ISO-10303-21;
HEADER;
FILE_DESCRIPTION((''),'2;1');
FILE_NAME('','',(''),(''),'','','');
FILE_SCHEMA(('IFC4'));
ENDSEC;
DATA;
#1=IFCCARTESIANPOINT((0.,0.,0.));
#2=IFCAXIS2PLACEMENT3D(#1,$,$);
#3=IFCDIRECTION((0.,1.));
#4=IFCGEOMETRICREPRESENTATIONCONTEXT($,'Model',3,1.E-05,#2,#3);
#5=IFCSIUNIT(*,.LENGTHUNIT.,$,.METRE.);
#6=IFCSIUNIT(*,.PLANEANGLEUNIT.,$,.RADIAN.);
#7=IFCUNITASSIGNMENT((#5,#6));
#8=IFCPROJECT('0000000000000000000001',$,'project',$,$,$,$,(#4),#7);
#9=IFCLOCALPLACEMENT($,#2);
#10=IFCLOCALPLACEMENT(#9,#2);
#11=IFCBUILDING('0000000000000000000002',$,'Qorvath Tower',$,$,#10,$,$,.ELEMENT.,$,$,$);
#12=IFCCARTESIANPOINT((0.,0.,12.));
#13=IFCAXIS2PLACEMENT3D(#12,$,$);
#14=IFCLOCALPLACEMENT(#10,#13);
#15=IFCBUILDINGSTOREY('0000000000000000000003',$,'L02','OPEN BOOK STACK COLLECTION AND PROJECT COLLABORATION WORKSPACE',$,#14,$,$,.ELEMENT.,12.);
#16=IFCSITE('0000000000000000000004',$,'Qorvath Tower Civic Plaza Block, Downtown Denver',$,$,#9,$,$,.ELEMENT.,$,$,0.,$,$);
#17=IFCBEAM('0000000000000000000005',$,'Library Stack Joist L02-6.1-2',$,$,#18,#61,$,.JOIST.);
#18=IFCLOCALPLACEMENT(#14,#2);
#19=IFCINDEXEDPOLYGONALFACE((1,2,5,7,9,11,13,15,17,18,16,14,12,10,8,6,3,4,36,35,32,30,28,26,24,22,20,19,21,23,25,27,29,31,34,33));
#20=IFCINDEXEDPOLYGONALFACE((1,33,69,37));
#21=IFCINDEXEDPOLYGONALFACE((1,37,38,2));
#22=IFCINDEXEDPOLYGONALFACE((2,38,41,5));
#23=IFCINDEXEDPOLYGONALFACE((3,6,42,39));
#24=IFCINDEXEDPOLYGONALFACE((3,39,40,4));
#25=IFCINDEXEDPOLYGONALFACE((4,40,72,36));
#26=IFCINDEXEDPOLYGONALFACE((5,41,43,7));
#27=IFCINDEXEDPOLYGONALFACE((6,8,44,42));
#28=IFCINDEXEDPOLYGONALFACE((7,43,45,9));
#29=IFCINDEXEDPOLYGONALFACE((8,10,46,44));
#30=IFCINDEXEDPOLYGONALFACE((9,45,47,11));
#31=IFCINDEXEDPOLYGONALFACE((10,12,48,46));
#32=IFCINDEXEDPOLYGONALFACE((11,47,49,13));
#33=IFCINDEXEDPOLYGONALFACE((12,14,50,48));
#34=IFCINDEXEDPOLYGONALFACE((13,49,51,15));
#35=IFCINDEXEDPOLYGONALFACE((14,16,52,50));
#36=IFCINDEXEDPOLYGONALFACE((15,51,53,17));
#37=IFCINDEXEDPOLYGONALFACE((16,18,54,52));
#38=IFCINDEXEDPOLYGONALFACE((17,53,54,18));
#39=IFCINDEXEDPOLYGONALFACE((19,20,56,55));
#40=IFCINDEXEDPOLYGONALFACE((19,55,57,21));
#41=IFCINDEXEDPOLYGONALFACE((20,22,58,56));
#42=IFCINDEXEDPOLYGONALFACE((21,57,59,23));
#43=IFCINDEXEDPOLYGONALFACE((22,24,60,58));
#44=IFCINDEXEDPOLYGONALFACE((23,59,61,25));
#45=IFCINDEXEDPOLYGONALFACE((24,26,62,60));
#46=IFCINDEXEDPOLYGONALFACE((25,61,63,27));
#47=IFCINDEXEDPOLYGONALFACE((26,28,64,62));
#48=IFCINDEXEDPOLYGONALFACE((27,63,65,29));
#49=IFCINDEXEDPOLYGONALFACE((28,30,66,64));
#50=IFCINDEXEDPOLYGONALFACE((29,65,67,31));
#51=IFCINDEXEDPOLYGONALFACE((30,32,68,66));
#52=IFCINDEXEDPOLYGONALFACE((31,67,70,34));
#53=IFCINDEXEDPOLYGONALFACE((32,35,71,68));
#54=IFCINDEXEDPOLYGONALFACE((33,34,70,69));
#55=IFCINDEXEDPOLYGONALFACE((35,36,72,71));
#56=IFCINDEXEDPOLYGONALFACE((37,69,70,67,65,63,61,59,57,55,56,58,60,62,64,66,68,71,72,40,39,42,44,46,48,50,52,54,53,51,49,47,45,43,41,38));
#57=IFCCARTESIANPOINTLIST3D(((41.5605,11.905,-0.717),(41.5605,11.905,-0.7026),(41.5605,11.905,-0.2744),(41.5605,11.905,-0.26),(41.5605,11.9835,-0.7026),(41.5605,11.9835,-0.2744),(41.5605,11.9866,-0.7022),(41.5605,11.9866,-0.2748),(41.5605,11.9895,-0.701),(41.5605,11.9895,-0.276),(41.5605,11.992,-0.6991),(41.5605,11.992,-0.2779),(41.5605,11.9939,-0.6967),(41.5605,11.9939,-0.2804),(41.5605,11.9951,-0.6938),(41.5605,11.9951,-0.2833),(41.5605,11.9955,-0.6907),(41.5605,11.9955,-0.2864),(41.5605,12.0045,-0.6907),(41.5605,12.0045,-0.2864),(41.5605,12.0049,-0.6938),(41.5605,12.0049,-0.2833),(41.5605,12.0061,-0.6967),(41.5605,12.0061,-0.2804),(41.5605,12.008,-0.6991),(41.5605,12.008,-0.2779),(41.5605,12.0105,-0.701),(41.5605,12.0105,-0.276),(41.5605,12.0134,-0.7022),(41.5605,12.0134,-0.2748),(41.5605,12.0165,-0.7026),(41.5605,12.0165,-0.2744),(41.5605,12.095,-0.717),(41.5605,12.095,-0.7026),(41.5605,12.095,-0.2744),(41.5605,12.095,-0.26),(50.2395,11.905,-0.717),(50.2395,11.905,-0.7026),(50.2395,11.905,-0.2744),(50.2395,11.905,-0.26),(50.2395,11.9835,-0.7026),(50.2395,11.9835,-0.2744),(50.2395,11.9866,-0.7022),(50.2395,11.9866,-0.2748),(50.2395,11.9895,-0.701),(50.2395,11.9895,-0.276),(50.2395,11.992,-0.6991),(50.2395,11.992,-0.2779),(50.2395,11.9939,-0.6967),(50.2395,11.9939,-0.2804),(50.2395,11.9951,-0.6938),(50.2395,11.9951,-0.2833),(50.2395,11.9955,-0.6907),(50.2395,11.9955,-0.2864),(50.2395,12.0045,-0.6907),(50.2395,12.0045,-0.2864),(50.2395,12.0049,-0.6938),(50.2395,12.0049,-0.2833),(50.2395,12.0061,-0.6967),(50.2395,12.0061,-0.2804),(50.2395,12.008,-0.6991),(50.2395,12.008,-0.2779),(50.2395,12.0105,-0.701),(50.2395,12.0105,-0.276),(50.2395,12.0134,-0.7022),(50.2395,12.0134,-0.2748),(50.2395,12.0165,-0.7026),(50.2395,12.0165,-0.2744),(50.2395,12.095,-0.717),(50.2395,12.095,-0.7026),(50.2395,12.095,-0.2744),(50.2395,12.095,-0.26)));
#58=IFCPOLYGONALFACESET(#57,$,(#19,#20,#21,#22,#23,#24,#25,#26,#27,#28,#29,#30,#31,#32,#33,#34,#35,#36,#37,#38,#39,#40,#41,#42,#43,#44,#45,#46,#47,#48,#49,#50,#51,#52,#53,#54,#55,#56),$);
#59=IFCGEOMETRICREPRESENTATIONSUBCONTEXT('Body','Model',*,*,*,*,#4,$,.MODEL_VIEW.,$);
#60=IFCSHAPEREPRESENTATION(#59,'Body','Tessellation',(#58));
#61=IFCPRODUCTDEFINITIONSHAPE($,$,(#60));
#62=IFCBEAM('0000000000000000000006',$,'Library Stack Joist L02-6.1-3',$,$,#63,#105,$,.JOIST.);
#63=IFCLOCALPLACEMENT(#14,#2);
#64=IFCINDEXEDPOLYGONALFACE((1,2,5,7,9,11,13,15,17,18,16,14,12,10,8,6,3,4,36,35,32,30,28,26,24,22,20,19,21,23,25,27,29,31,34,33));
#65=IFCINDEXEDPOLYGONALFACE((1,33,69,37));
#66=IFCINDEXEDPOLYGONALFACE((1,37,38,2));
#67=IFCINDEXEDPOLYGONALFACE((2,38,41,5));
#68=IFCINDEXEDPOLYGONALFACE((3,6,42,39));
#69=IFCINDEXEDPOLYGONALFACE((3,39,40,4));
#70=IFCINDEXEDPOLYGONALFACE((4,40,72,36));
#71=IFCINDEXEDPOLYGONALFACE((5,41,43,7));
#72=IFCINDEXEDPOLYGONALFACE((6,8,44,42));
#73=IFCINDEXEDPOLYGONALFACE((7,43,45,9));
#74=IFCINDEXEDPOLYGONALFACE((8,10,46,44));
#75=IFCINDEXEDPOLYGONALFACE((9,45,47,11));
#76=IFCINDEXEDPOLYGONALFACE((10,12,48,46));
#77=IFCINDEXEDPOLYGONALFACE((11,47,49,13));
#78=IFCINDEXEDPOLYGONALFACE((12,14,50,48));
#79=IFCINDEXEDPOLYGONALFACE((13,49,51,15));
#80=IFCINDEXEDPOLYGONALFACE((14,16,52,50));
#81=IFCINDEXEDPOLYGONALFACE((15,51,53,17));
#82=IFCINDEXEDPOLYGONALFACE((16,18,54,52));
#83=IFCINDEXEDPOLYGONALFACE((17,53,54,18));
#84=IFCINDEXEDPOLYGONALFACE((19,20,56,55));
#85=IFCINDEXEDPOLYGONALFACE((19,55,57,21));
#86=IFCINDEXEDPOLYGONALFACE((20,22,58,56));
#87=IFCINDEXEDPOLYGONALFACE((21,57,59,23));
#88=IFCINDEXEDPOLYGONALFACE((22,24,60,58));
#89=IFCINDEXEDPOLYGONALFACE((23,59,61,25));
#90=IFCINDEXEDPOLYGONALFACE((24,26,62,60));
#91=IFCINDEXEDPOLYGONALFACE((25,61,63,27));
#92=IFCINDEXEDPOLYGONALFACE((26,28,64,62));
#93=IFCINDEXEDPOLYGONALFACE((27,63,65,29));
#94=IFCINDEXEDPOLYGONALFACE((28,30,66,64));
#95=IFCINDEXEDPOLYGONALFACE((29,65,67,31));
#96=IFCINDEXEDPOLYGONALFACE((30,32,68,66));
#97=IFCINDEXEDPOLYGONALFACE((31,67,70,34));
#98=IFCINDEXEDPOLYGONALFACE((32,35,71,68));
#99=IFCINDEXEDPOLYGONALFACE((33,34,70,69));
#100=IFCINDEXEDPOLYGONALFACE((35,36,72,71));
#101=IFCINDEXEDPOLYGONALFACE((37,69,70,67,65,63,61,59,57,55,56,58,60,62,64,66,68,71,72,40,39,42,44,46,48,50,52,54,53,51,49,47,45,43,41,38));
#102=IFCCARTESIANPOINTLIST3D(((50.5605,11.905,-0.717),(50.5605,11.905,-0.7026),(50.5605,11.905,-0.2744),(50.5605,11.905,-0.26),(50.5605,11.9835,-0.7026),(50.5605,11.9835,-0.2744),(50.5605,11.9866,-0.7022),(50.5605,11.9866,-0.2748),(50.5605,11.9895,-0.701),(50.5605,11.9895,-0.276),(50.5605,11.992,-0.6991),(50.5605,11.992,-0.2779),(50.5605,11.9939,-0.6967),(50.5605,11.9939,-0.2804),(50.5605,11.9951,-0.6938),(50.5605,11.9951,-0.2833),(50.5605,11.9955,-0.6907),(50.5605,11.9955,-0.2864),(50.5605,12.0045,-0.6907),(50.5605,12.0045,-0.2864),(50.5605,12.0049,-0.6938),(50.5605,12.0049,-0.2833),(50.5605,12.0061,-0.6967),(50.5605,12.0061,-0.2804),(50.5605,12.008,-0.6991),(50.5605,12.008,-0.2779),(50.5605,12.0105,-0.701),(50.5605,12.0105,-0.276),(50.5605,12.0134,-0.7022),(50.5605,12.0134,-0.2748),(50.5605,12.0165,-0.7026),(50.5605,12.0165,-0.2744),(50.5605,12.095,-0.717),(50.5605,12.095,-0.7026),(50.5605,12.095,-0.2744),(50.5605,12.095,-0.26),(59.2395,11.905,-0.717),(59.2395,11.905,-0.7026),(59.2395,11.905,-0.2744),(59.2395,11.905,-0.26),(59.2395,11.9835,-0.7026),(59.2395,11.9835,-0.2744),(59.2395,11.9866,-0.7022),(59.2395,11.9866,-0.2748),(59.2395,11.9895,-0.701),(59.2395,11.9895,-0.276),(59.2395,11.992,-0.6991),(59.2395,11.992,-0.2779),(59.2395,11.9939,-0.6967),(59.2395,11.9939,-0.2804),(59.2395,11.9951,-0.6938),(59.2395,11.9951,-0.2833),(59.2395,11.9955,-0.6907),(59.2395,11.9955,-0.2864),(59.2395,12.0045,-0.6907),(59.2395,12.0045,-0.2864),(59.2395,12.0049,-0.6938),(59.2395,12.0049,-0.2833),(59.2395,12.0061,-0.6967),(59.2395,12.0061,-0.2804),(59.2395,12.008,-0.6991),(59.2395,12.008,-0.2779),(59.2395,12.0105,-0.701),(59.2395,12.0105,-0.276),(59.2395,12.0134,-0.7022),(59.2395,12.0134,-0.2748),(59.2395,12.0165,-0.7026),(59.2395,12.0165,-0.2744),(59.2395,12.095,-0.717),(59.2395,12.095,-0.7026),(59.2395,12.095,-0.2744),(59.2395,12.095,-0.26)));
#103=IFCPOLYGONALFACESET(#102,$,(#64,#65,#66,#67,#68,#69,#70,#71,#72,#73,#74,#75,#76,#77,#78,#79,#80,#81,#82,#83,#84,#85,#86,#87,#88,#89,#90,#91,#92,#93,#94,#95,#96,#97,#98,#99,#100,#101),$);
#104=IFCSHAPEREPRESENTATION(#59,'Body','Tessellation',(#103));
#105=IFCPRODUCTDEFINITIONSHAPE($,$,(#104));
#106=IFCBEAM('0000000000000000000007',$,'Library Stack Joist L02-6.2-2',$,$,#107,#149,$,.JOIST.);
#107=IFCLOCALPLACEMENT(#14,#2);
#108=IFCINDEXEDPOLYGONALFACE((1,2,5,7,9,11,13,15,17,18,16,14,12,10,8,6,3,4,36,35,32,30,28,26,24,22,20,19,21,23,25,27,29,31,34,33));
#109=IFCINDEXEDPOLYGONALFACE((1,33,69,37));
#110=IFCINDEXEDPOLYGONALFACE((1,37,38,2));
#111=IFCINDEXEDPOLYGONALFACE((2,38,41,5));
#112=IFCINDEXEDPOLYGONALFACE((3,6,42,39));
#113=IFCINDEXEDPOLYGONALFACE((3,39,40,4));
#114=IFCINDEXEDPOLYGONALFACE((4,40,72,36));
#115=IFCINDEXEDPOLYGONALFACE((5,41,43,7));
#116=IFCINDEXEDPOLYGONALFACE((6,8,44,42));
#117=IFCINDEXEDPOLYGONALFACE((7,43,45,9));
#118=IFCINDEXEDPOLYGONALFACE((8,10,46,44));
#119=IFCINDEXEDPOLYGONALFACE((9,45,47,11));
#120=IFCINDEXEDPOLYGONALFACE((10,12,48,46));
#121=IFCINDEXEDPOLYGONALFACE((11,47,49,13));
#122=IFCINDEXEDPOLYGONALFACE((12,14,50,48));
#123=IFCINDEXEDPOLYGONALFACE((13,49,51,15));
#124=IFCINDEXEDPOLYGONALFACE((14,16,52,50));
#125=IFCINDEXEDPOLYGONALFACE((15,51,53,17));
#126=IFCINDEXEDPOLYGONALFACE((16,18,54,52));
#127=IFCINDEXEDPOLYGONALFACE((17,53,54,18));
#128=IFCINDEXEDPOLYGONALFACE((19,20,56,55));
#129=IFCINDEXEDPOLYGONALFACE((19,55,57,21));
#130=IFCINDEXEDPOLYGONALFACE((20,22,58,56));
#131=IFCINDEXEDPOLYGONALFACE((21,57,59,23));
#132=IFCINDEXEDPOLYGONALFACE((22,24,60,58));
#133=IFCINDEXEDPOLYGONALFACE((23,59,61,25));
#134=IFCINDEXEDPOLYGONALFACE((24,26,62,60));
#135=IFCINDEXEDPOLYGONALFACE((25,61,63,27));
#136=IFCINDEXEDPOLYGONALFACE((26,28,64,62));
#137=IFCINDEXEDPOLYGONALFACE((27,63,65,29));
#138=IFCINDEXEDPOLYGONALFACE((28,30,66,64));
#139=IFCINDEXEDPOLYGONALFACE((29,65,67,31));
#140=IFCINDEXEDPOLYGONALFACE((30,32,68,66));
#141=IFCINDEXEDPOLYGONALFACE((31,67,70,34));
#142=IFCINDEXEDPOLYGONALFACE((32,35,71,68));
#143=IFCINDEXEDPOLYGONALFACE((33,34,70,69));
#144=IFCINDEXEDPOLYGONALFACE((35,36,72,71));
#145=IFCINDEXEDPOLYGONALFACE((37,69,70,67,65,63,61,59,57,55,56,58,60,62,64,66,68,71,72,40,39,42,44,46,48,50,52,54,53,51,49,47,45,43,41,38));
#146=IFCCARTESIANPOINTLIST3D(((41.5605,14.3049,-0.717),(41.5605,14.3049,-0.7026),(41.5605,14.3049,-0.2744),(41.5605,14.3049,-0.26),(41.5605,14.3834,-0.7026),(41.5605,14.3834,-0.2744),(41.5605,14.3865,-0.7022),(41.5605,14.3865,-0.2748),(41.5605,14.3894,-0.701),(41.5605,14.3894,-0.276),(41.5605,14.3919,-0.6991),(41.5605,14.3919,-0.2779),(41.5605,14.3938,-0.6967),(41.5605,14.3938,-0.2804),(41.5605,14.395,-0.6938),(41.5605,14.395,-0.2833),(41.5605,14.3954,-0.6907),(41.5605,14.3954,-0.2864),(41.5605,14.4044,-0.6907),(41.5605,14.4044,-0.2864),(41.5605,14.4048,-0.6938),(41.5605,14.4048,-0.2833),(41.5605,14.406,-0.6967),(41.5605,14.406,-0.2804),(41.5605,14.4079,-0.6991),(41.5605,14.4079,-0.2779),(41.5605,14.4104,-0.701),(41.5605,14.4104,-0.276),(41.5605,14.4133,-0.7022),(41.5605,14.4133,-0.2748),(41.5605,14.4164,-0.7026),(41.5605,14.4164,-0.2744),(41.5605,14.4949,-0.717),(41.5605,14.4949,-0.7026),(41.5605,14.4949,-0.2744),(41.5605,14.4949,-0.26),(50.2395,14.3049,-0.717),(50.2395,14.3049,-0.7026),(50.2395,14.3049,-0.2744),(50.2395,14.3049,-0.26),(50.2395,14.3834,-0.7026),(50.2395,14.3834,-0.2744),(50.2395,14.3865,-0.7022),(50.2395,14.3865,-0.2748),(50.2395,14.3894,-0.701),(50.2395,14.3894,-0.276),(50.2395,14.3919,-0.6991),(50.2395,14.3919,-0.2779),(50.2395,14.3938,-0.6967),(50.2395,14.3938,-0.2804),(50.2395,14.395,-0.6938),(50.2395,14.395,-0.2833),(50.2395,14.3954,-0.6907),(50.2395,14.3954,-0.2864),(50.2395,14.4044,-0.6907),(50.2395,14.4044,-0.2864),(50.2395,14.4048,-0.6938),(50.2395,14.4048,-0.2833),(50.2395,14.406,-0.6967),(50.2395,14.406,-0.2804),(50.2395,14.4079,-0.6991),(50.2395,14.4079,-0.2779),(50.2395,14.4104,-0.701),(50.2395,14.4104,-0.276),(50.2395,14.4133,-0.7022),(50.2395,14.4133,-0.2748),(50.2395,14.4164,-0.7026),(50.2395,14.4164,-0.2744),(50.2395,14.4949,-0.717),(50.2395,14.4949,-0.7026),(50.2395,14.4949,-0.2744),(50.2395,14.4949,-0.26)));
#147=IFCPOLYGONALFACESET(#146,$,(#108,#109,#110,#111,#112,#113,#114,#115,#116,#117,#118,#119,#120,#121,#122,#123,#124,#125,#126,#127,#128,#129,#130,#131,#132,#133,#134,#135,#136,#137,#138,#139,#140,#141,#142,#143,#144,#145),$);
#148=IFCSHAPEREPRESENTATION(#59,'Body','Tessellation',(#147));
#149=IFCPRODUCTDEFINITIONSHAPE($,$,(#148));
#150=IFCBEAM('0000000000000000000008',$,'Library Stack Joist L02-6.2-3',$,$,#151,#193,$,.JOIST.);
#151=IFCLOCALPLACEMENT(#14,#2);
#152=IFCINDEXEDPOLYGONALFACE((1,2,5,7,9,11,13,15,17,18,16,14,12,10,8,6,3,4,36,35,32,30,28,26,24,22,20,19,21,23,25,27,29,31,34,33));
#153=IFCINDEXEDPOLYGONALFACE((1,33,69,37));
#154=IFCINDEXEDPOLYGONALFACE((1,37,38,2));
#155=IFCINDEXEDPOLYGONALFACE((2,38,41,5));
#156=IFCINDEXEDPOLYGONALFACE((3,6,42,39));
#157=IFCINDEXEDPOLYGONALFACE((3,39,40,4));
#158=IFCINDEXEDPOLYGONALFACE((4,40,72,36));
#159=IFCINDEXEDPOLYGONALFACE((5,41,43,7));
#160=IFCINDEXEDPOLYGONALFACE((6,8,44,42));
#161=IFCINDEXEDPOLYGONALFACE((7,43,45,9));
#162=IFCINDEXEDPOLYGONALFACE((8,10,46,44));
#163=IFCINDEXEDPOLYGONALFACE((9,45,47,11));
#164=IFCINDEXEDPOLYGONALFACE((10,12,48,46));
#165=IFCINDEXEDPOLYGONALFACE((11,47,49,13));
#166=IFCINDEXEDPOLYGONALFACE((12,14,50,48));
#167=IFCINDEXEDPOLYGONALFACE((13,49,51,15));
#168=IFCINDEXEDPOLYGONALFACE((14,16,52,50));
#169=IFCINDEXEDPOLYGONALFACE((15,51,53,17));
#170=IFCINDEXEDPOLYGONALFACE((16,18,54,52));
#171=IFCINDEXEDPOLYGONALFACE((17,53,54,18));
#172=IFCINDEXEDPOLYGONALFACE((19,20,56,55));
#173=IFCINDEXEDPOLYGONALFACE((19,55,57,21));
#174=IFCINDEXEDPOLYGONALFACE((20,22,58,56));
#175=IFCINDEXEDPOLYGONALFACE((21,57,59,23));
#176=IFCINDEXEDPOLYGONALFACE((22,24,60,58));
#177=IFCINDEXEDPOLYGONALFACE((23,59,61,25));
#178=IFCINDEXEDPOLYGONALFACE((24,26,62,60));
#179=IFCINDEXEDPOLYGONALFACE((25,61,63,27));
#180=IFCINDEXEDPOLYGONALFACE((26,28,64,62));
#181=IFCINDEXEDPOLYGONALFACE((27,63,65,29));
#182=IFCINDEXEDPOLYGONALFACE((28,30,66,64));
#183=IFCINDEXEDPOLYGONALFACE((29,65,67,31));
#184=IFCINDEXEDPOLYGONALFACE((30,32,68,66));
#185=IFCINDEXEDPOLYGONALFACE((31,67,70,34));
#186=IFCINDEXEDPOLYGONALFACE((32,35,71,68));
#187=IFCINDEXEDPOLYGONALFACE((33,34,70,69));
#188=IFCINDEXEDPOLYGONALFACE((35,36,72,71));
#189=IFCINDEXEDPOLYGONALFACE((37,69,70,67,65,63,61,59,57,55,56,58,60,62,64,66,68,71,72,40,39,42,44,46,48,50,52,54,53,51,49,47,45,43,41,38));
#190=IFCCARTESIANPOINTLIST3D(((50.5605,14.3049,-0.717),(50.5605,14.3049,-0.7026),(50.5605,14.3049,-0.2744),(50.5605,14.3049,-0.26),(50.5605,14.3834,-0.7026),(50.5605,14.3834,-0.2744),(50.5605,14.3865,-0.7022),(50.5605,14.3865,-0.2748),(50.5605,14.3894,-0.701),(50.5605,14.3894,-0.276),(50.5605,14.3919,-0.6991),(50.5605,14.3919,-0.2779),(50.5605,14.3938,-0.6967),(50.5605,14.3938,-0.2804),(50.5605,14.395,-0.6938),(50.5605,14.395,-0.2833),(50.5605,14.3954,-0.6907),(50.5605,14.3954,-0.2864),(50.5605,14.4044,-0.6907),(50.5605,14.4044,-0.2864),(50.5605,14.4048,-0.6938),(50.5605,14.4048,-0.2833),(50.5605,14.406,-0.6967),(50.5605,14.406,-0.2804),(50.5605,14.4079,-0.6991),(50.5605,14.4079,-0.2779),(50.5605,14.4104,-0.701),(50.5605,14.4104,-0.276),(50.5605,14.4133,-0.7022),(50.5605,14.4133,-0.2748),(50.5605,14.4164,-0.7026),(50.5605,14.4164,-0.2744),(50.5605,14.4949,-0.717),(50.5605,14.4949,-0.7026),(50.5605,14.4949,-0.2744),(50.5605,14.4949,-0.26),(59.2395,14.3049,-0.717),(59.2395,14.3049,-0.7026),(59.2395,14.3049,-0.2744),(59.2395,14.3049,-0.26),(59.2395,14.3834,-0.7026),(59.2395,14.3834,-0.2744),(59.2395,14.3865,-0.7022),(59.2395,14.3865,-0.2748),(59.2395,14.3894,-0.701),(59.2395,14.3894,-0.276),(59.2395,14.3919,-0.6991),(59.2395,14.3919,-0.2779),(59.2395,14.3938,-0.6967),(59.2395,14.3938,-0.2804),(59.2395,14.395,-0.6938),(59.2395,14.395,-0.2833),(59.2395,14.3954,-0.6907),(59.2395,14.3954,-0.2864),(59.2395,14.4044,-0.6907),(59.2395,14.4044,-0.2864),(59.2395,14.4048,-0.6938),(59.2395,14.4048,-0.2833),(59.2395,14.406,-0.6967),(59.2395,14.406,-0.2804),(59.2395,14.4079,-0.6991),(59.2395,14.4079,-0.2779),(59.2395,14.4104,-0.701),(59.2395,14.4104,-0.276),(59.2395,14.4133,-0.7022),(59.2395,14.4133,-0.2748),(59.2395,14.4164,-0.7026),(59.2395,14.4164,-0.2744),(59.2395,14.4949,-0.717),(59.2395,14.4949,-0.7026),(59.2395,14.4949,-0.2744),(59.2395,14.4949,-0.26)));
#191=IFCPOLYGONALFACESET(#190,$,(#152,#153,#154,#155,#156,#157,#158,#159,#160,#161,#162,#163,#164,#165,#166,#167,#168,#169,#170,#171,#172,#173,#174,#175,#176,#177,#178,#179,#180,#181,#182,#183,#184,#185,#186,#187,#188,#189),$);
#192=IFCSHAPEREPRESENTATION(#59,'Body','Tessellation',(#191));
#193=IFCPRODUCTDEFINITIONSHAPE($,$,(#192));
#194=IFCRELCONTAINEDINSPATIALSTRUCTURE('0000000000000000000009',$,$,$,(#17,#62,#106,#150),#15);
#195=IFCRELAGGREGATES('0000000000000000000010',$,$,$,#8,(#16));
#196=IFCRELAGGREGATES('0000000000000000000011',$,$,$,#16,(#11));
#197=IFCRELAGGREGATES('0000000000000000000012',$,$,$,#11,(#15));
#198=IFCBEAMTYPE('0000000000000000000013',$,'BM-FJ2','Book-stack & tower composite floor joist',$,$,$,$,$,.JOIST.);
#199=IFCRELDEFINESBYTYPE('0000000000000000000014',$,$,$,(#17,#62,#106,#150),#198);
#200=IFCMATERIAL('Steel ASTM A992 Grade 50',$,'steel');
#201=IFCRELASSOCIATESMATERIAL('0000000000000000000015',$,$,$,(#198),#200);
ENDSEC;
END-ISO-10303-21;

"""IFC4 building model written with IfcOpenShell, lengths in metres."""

from ifc_helpers import new_model, si_unit, direction, frame, origin, origin_2d, place, context, subcontext, project, spatial, i_section, extrude, material, material_profile, profile_set, type_object, element, save


model = new_model("IFC4")

# Units and contexts
model_context = context("Model", 3, precision=1e-05, world=origin(), true_north=direction((0.0, 1.0)))
body_context = subcontext(model_context, "Body", "Model", "MODEL_VIEW")
ifc_project = project(units=[si_unit("LENGTHUNIT", "METRE"), si_unit("PLANEANGLEUNIT", "RADIAN")], contexts=[model_context])

# Site, building, storey
site_placement = place(None, origin())
site = spatial("IfcSite", under=ifc_project, at=site_placement, Name="Qorvath Tower Civic Plaza Block, Downtown Denver", CompositionType="ELEMENT", RefElevation=0.0)
building_placement = place(site_placement, origin())
building = spatial("IfcBuilding", under=site, at=building_placement, Name="Qorvath Tower", CompositionType="ELEMENT")
storey_placement = place(building_placement, frame((0.0, 0.0, 12.0)))
storey = spatial("IfcBuildingStorey", under=building, at=storey_placement, Name="L02", Description="OPEN BOOK STACK COLLECTION AND PROJECT COLLABORATION WORKSPACE", CompositionType="ELEMENT", Elevation=12.0)

# Beams
ifc_material_1 = material(Name="Steel ASTM A992 Grade 50", Category="steel")
ifc_material_profile_1 = material_profile(ifc_material_1, i_section(OverallWidth=0.1899, OverallDepth=0.457, WebThickness=0.009, FlangeThickness=0.0144, FilletRadius=0.012, at=origin_2d()), Name="W18x50")
ifc_profile_set_1 = profile_set([ifc_material_profile_1], Name="Steel ASTM A992 Grade 50")
beam_type_1 = type_object("IfcBeamType", Name="BM-FJ2", Description="Book-stack & tower composite floor joist", PredefinedType="JOIST", material=ifc_profile_set_1)
for number, where, z_axis, x_axis, name in (
    (1, (41.5605, 12.0, -0.4885), (1.0, 0.0, 0.0), (0.0, 1.0, 0.0), "Library Stack Joist L02-6.1-2"),
    (2, (50.5605, 12.0, -0.4885), (1.0, 0.0, 0.0), (0.0, 1.0, 0.0), "Library Stack Joist L02-6.1-3"),
    (3, (41.5605, 14.3999, -0.4885), (1.0, 0.0, 0.0), (0.0, 1.0, 0.0), "Library Stack Joist L02-6.2-2"),
    (4, (50.5605, 14.3999, -0.4885), (1.0, 0.0, 0.0), (0.0, 1.0, 0.0), "Library Stack Joist L02-6.2-3"),
):
    element("IfcBeam", number, at=place(storey_placement, frame(where, z_axis=z_axis, x_axis=x_axis)), inside=storey, type_object=beam_type_1, Name=name, PredefinedType="JOIST", context=body_context, shape_type="SweptSolid", body=[
        extrude(i_section(OverallWidth=0.1899, OverallDepth=0.457, WebThickness=0.009, FlangeThickness=0.0144, FilletRadius=0.012, at=origin_2d()), origin(), (0.0, 0.0, 1.0), 8.679),
    ])

save(model, "model.ifc")
